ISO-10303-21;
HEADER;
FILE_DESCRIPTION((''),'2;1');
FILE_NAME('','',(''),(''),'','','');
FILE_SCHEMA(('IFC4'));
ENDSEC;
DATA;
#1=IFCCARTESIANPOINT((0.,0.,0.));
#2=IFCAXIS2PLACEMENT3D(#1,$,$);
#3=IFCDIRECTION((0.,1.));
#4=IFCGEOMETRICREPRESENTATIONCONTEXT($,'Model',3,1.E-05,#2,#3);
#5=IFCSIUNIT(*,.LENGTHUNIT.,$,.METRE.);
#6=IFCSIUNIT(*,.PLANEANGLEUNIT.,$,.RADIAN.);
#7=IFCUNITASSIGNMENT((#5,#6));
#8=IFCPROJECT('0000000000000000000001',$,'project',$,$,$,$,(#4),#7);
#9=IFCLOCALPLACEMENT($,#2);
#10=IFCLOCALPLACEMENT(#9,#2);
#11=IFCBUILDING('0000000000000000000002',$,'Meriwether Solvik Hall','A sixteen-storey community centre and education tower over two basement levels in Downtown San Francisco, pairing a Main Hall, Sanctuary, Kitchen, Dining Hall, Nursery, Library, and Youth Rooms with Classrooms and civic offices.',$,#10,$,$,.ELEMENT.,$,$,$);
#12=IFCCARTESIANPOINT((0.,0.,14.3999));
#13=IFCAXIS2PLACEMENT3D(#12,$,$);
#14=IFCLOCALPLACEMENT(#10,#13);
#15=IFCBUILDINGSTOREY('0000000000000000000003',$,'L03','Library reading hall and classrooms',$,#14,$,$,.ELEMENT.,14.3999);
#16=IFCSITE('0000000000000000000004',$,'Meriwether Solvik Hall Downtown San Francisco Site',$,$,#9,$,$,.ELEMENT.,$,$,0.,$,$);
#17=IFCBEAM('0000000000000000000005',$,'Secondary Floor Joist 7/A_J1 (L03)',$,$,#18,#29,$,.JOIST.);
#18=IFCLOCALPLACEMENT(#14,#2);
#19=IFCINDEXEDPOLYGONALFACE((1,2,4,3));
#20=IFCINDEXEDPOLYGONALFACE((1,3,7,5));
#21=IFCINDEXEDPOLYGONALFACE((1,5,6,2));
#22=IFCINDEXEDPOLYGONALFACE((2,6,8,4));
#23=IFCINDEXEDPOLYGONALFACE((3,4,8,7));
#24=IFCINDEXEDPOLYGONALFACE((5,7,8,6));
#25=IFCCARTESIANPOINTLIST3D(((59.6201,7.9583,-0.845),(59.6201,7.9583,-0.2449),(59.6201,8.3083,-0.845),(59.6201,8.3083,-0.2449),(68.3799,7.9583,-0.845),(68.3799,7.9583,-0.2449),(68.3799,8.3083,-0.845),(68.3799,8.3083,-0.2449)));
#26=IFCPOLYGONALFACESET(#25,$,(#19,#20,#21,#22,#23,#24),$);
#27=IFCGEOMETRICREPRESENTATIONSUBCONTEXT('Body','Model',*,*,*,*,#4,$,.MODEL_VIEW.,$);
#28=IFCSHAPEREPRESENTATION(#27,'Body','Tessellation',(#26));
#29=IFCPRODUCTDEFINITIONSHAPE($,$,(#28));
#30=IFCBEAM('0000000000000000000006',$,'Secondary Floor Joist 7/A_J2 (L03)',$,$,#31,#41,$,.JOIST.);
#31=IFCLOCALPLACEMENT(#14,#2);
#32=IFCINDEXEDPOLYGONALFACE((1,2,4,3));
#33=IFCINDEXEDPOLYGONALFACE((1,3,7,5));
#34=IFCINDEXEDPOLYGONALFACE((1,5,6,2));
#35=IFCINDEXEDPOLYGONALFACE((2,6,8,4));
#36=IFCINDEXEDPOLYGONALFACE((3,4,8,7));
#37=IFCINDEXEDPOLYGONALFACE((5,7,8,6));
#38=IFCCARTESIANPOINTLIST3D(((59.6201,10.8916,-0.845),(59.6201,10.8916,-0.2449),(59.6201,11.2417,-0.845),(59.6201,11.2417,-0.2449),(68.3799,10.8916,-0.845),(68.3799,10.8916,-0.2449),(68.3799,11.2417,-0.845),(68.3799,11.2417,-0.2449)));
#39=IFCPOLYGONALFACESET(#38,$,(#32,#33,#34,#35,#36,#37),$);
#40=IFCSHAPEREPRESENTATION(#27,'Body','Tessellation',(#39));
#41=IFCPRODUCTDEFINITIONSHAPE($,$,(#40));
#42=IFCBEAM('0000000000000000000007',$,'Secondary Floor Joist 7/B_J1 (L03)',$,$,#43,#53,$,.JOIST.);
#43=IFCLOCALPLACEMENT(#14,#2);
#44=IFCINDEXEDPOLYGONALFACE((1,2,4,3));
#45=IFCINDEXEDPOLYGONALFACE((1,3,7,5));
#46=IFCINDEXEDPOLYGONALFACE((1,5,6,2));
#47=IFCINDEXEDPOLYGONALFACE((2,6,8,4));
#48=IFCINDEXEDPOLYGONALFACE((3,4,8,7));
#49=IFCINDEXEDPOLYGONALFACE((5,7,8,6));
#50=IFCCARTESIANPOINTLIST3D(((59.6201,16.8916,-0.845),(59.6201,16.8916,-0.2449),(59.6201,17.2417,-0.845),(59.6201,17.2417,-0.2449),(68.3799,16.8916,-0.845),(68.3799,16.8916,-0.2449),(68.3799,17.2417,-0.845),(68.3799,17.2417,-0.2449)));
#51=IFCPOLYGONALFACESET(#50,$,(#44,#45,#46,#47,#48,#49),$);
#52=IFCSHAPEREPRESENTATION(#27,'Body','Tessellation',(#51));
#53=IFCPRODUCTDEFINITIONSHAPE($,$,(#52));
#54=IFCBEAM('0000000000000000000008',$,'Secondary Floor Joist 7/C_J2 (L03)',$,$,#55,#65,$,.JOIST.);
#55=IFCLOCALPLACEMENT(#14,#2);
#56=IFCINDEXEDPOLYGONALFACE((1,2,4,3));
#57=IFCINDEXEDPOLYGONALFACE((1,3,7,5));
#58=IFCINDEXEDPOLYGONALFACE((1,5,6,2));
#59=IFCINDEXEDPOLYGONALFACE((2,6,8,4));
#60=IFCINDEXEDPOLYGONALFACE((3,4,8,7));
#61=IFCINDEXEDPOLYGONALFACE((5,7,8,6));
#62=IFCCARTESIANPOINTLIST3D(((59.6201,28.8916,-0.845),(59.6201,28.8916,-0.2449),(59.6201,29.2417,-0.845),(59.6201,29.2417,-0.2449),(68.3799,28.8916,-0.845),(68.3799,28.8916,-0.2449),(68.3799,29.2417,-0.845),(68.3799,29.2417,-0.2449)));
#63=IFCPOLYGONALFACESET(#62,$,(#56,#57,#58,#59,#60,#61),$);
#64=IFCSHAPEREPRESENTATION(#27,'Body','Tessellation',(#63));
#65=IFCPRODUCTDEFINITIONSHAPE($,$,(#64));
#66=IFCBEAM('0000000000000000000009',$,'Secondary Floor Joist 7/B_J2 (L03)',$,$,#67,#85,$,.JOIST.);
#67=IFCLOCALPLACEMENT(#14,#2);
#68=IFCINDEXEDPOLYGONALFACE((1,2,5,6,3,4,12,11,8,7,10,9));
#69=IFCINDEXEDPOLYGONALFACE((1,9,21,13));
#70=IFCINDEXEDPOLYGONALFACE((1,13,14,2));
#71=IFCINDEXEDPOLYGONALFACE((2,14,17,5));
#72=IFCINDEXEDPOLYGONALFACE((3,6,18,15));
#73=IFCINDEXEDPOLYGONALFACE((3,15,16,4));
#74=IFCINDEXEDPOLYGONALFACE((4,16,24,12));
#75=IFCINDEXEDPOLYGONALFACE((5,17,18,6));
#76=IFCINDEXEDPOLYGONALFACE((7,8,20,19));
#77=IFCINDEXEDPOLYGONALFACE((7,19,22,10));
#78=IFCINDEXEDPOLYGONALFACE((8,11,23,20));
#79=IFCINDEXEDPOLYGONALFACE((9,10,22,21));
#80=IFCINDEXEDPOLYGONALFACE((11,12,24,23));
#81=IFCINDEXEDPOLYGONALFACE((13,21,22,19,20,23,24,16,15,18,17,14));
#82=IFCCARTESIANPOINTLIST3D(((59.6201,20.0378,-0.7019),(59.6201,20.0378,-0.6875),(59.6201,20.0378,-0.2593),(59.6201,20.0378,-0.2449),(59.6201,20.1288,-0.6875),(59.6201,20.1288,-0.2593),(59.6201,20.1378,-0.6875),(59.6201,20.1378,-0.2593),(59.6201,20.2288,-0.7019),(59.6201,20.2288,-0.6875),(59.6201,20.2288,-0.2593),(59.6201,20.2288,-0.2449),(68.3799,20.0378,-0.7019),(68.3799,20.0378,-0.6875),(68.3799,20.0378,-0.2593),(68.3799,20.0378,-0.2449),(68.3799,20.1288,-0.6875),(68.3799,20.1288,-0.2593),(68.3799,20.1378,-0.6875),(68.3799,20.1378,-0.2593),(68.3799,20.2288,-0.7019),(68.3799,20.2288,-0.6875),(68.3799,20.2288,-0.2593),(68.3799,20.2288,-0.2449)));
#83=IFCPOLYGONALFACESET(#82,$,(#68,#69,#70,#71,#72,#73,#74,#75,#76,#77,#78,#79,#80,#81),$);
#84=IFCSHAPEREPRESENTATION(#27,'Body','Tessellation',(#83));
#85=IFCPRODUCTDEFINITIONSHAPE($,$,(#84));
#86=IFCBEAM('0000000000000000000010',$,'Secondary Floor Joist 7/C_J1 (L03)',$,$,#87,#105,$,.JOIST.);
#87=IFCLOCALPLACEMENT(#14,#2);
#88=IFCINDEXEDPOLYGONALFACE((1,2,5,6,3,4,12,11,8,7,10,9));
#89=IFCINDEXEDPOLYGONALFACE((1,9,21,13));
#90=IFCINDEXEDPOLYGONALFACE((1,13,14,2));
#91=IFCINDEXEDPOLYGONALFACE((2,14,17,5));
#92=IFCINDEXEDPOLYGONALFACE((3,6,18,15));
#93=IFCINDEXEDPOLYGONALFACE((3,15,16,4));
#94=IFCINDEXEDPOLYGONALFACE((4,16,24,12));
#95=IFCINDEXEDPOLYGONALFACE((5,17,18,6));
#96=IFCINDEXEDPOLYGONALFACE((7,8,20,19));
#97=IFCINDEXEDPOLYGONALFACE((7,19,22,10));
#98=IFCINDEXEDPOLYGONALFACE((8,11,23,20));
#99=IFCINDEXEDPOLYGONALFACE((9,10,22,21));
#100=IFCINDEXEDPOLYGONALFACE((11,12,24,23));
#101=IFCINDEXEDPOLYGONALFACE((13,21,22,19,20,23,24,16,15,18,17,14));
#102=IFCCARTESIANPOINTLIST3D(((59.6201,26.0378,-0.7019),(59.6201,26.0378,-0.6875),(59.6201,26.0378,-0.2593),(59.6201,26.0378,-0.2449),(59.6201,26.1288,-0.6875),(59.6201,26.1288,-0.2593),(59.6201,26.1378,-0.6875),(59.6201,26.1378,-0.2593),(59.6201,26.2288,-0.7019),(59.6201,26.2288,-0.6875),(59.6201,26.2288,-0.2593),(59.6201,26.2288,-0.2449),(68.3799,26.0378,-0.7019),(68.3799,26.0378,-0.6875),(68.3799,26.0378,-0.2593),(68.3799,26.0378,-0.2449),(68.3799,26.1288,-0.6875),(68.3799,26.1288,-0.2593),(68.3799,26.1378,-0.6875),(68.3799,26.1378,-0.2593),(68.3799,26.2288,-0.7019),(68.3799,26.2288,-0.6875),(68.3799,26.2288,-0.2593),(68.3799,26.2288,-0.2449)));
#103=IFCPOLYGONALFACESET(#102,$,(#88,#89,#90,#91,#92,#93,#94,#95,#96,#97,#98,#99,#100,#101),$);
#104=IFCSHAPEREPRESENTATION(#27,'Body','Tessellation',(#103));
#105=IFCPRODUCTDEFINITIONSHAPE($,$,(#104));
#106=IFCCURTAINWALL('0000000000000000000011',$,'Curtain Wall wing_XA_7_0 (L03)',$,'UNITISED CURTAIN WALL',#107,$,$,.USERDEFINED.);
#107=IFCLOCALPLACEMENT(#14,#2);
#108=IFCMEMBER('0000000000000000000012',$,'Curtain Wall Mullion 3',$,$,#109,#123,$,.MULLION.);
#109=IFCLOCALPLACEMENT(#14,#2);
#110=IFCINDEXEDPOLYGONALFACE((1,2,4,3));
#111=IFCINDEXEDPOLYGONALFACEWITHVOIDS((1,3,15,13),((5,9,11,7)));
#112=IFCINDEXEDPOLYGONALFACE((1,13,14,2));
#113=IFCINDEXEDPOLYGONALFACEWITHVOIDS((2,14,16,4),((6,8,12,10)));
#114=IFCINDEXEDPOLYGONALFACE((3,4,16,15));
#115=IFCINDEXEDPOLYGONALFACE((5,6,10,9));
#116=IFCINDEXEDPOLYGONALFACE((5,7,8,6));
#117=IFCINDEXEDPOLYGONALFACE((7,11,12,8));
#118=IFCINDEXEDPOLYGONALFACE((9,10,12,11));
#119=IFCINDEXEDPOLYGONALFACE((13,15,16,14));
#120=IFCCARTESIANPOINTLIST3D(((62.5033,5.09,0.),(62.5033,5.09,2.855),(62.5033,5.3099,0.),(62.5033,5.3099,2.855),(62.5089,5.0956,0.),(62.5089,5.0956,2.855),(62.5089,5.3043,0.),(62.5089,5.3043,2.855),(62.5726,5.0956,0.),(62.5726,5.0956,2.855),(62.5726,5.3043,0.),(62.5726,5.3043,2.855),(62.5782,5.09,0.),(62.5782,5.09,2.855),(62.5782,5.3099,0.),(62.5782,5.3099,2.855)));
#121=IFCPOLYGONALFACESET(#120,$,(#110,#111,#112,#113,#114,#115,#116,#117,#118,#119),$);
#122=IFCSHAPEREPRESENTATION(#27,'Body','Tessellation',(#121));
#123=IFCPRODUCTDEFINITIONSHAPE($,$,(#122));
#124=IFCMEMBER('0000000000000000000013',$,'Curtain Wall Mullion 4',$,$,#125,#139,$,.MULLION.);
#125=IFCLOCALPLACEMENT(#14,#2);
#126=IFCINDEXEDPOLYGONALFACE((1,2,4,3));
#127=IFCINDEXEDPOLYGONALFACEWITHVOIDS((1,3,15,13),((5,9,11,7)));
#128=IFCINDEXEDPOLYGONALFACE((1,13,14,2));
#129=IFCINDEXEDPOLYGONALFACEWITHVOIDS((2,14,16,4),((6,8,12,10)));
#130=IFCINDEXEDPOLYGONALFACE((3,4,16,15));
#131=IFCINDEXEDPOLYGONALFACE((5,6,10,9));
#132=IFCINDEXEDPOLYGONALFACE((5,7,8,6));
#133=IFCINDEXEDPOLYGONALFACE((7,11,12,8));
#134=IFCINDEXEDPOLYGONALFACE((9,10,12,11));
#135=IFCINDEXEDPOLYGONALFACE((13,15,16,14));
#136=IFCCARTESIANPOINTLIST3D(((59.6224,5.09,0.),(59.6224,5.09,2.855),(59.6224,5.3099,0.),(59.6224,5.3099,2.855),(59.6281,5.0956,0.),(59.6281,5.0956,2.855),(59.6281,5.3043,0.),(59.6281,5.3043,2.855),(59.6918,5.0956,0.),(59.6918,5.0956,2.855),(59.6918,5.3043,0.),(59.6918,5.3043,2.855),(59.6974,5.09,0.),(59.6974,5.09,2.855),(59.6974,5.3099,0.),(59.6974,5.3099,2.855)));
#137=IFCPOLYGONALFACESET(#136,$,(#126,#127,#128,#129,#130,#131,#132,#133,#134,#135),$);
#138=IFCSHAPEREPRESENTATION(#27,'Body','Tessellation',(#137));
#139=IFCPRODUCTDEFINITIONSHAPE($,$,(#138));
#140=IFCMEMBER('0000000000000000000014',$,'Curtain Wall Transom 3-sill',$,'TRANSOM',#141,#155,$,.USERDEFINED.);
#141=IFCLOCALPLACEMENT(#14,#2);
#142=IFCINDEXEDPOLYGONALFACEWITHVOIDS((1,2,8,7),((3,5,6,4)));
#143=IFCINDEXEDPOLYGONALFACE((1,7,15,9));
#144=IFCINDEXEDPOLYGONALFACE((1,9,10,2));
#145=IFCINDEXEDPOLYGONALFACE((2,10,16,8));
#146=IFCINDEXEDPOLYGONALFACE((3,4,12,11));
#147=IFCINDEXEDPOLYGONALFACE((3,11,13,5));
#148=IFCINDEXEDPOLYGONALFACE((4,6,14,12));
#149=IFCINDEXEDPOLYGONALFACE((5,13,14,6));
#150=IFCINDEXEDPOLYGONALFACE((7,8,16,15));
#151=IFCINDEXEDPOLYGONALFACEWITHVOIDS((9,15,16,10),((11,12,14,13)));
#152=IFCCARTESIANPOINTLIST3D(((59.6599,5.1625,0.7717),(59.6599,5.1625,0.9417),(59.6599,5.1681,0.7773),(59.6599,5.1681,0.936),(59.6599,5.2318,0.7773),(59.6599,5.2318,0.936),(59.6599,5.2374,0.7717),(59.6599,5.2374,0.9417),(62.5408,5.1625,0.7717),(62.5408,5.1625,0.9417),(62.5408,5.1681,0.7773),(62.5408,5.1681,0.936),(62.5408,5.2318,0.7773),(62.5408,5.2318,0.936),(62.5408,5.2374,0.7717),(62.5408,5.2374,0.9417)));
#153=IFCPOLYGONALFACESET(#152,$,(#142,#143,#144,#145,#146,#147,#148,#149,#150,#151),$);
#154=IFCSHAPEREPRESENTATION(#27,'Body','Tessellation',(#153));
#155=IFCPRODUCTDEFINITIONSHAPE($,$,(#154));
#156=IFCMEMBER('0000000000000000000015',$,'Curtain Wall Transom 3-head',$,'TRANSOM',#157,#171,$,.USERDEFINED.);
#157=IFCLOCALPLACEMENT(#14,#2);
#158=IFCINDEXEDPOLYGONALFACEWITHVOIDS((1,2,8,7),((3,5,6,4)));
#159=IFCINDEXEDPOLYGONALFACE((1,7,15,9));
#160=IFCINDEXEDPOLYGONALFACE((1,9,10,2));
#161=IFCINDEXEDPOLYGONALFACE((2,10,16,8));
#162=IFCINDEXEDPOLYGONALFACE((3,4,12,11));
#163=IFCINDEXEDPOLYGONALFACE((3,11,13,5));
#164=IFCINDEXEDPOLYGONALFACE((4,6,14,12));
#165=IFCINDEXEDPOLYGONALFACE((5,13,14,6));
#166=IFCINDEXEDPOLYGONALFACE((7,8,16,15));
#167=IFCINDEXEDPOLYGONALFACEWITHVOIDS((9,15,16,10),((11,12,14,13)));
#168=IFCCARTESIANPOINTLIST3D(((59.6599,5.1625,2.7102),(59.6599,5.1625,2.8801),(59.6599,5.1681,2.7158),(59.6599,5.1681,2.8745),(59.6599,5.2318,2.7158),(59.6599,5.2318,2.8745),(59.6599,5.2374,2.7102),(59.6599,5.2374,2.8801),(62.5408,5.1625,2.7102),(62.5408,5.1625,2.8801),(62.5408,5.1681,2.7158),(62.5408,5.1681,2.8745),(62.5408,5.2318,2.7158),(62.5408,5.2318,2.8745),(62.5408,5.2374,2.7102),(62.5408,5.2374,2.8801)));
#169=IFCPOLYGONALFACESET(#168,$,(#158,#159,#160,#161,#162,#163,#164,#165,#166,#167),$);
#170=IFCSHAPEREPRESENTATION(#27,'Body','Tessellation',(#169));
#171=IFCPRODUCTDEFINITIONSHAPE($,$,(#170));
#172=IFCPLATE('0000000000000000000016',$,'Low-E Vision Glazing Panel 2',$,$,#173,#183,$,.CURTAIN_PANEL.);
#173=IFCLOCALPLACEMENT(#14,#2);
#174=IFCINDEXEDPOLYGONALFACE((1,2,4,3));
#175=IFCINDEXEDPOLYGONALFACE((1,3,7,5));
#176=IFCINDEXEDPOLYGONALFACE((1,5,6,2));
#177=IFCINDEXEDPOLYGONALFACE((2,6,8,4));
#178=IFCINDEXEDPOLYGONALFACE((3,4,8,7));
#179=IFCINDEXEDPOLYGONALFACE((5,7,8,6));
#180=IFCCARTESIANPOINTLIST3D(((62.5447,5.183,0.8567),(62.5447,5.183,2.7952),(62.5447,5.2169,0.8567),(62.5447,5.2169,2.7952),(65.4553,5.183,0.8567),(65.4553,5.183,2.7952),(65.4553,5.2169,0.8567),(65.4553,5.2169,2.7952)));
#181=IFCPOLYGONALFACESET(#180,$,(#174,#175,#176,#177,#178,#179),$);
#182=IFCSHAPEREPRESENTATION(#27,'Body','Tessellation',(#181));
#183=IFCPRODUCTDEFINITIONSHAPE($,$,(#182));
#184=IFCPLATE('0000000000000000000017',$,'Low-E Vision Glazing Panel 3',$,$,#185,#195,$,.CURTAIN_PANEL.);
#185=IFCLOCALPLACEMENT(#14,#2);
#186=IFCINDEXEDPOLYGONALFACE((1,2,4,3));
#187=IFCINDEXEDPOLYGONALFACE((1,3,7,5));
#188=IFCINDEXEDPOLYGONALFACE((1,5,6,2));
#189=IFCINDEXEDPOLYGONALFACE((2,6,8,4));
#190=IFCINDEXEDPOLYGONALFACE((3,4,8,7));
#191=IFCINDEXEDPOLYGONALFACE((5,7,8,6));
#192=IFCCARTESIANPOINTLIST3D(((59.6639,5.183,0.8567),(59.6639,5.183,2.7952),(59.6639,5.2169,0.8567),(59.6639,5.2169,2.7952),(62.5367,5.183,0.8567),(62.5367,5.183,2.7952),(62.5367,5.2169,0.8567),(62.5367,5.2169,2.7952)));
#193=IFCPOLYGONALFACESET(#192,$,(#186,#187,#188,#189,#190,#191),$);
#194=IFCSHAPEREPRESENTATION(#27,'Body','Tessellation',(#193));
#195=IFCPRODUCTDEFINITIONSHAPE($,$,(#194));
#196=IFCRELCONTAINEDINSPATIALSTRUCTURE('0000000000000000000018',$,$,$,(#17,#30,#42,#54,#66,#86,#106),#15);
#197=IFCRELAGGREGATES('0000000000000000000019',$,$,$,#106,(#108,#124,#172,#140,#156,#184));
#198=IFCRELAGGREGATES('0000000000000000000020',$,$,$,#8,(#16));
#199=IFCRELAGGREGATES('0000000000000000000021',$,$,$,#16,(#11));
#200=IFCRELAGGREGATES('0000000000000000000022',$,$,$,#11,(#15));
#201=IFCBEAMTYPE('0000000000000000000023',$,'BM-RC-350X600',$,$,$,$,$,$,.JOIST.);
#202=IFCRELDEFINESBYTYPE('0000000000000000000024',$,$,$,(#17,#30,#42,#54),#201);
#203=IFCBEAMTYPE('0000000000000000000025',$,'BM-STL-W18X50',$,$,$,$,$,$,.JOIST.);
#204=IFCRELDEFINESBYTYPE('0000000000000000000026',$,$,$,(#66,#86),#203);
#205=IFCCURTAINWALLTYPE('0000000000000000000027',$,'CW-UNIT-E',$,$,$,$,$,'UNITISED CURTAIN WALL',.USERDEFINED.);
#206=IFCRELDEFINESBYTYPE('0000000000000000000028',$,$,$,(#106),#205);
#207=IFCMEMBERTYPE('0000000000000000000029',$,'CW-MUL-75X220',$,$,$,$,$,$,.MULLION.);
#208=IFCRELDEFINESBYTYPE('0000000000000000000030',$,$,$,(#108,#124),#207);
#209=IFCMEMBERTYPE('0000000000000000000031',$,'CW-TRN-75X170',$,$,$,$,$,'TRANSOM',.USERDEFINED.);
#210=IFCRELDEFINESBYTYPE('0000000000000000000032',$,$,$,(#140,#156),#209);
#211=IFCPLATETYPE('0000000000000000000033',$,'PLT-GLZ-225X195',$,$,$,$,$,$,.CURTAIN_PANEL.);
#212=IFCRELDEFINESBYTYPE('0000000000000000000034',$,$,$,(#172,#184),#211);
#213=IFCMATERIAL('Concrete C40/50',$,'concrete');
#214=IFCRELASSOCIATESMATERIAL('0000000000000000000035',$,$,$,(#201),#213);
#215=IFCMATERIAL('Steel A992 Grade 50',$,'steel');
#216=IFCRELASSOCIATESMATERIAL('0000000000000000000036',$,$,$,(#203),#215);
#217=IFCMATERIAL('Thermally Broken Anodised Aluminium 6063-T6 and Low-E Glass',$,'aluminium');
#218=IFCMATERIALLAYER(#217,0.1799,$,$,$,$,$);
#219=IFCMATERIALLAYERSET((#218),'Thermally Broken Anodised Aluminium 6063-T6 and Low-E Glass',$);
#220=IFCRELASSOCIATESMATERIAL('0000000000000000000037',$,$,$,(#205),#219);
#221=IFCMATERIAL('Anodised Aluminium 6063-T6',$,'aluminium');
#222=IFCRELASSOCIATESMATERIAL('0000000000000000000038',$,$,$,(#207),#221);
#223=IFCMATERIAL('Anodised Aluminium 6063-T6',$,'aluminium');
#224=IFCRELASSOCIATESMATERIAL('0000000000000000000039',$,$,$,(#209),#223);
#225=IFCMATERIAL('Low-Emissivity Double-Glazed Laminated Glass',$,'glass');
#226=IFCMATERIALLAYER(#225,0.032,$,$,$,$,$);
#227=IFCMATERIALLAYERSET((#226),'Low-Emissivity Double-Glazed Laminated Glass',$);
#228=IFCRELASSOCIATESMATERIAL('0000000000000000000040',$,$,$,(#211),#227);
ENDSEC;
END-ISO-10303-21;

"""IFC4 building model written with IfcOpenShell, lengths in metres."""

from ifc_helpers import new_model, si_unit, direction, frame, origin, origin_2d, place, context, subcontext, project, spatial, rectangle, hollow_rectangle, i_section, extrude, material, layer, layer_set, material_profile, profile_set, type_object, element, aggregate, save


model = new_model("IFC4")

# Units and contexts
model_context = context("Model", 3, precision=1e-05, world=origin(), true_north=direction((0.0, 1.0)))
body_context = subcontext(model_context, "Body", "Model", "MODEL_VIEW")
ifc_project = project(units=[si_unit("LENGTHUNIT", "METRE"), si_unit("PLANEANGLEUNIT", "RADIAN")], contexts=[model_context])

# Site, building, storey
site_placement = place(None, origin())
site = spatial("IfcSite", under=ifc_project, at=site_placement, Name="Meriwether Solvik Hall Downtown San Francisco Site", CompositionType="ELEMENT", RefElevation=0.0)
building_placement = place(site_placement, origin())
building = spatial("IfcBuilding", under=site, at=building_placement, Name="Meriwether Solvik Hall", Description="A sixteen-storey community centre and education tower over two basement levels in Downtown San Francisco, pairing a Main Hall, Sanctuary, Kitchen, Dining Hall, Nursery, Library, and Youth Rooms with Classrooms and civic offices.", CompositionType="ELEMENT")
storey_placement = place(building_placement, frame((0.0, 0.0, 14.3999)))
storey = spatial("IfcBuildingStorey", under=building, at=storey_placement, Name="L03", Description="Library reading hall and classrooms", CompositionType="ELEMENT", Elevation=14.3999)

# Beams
ifc_material_1 = material(Name="Concrete C40/50", Category="concrete")
ifc_material_profile_1 = material_profile(ifc_material_1, rectangle(XDim=0.3501, YDim=0.6001, at=origin_2d()), Name="RCB-350X600")
ifc_profile_set_1 = profile_set([ifc_material_profile_1], Name="Concrete C40/50")
beam_type_1 = type_object("IfcBeamType", Name="BM-RC-350X600", PredefinedType="JOIST", material=ifc_profile_set_1)
for number, where, z_axis, x_axis, name in (
    (1, (59.6201, 8.1333, -0.5449), (1.0, 0.0, 0.0), (0.0, 1.0, 0.0), "Secondary Floor Joist 7/A_J1 (L03)"),
    (2, (59.6201, 11.0667, -0.5449), (1.0, 0.0, 0.0), (0.0, 1.0, 0.0), "Secondary Floor Joist 7/A_J2 (L03)"),
    (3, (59.6201, 17.0667, -0.5449), (1.0, 0.0, 0.0), (0.0, 1.0, 0.0), "Secondary Floor Joist 7/B_J1 (L03)"),
    (4, (59.6201, 29.0667, -0.5449), (1.0, 0.0, 0.0), (0.0, 1.0, 0.0), "Secondary Floor Joist 7/C_J2 (L03)"),
):
    element("IfcBeam", number, at=place(storey_placement, frame(where, z_axis=z_axis, x_axis=x_axis)), inside=storey, type_object=beam_type_1, Name=name, PredefinedType="JOIST", context=body_context, shape_type="SweptSolid", body=[
        extrude(rectangle(XDim=0.3501, YDim=0.6001, at=origin_2d()), origin(), (0.0, 0.0, 1.0), 8.7598),
    ])
ifc_material_2 = material(Name="Steel A992 Grade 50", Category="steel")
ifc_material_profile_2 = material_profile(ifc_material_2, i_section(OverallWidth=0.1909, OverallDepth=0.457, WebThickness=0.009, FlangeThickness=0.0144, at=origin_2d()), Name="W18X50")
ifc_profile_set_2 = profile_set([ifc_material_profile_2], Name="Steel A992 Grade 50")
beam_type_2 = type_object("IfcBeamType", Name="BM-STL-W18X50", PredefinedType="JOIST", material=ifc_profile_set_2)
for number, where, z_axis, x_axis, name in (
    (5, (59.6201, 20.1333, -0.4734), (1.0, 0.0, 0.0), (0.0, 1.0, 0.0), "Secondary Floor Joist 7/B_J2 (L03)"),
    (6, (59.6201, 26.1333, -0.4734), (1.0, 0.0, 0.0), (0.0, 1.0, 0.0), "Secondary Floor Joist 7/C_J1 (L03)"),
):
    element("IfcBeam", number, at=place(storey_placement, frame(where, z_axis=z_axis, x_axis=x_axis)), inside=storey, type_object=beam_type_2, Name=name, PredefinedType="JOIST", context=body_context, shape_type="SweptSolid", body=[
        extrude(i_section(OverallWidth=0.1909, OverallDepth=0.457, WebThickness=0.009, FlangeThickness=0.0144, at=origin_2d()), origin(), (0.0, 0.0, 1.0), 8.7598),
    ])

# Curtain wall, members, plates
ifc_material_3 = material(Name="Thermally Broken Anodised Aluminium 6063-T6 and Low-E Glass", Category="aluminium")
ifc_layer_1 = layer(ifc_material_3, 0.1799)
ifc_layer_set_1 = layer_set([ifc_layer_1], Name="Thermally Broken Anodised Aluminium 6063-T6 and Low-E Glass")
curtain_wall_type = type_object("IfcCurtainWallType", Name="CW-UNIT-E", ElementType="UNITISED CURTAIN WALL", PredefinedType="USERDEFINED", material=ifc_layer_set_1)
curtain_wall_placement = place(storey_placement, origin())
curtain_wall = element("IfcCurtainWall", 7, at=curtain_wall_placement, inside=storey, type_object=curtain_wall_type, Name="Curtain Wall wing_XA_7_0 (L03)", ObjectType="UNITISED CURTAIN WALL", PredefinedType="USERDEFINED")
ifc_material_4 = material(Name="Anodised Aluminium 6063-T6", Category="aluminium")
ifc_material_profile_3 = material_profile(ifc_material_4, hollow_rectangle(XDim=0.075, YDim=0.22, WallThickness=0.0056, at=origin_2d()), Name="CWM-75X220")
ifc_profile_set_3 = profile_set([ifc_material_profile_3], Name="Anodised Aluminium 6063-T6")
member_type_1 = type_object("IfcMemberType", Name="CW-MUL-75X220", PredefinedType="MULLION", material=ifc_profile_set_3)
member_1_placement = place(storey_placement, frame((62.5408, 5.2, 0.0), z_axis=(0.0, 0.0, 1.0), x_axis=(-1.0, 0.0, 0.0)))
member_1 = element("IfcMember", 8, at=member_1_placement, type_object=member_type_1, Name="Curtain Wall Mullion 3", PredefinedType="MULLION", context=body_context, shape_type="SweptSolid", body=[
    extrude(hollow_rectangle(XDim=0.075, YDim=0.22, WallThickness=0.0056, at=origin_2d()), origin(), (0.0, 0.0, 1.0), 2.855),
])
member_2_placement = place(storey_placement, frame((59.6599, 5.2, 0.0), z_axis=(0.0, 0.0, 1.0), x_axis=(-1.0, 0.0, 0.0)))
member_2 = element("IfcMember", 9, at=member_2_placement, type_object=member_type_1, Name="Curtain Wall Mullion 4", PredefinedType="MULLION", context=body_context, shape_type="SweptSolid", body=[
    extrude(hollow_rectangle(XDim=0.075, YDim=0.22, WallThickness=0.0056, at=origin_2d()), origin(), (0.0, 0.0, 1.0), 2.855),
])
ifc_material_5 = material(Name="Anodised Aluminium 6063-T6", Category="aluminium")
ifc_material_profile_4 = material_profile(ifc_material_5, hollow_rectangle(XDim=0.075, YDim=0.1699, WallThickness=0.0056, at=origin_2d()), Name="CWT-75X170")
ifc_profile_set_4 = profile_set([ifc_material_profile_4], Name="Anodised Aluminium 6063-T6")
member_type_2 = type_object("IfcMemberType", Name="CW-TRN-75X170", ElementType="TRANSOM", PredefinedType="USERDEFINED", material=ifc_profile_set_4)
member_3_placement = place(storey_placement, frame((62.5408, 5.2, 0.8567), z_axis=(-1.0, 0.0, 0.0), x_axis=(0.0, -1.0, 0.0)))
member_3 = element("IfcMember", 10, at=member_3_placement, type_object=member_type_2, Name="Curtain Wall Transom 3-sill", ObjectType="TRANSOM", PredefinedType="USERDEFINED", context=body_context, shape_type="SweptSolid", body=[
    extrude(hollow_rectangle(XDim=0.075, YDim=0.1699, WallThickness=0.0056, at=origin_2d()), origin(), (0.0, 0.0, 1.0), 2.8809),
])
member_4_placement = place(storey_placement, frame((62.5408, 5.2, 2.7952), z_axis=(-1.0, 0.0, 0.0), x_axis=(0.0, -1.0, 0.0)))
member_4 = element("IfcMember", 11, at=member_4_placement, type_object=member_type_2, Name="Curtain Wall Transom 3-head", ObjectType="TRANSOM", PredefinedType="USERDEFINED", context=body_context, shape_type="SweptSolid", body=[
    extrude(hollow_rectangle(XDim=0.075, YDim=0.1699, WallThickness=0.0056, at=origin_2d()), origin(), (0.0, 0.0, 1.0), 2.8809),
])
ifc_material_6 = material(Name="Low-Emissivity Double-Glazed Laminated Glass", Category="glass")
ifc_layer_2 = layer(ifc_material_6, 0.032)
ifc_layer_set_2 = layer_set([ifc_layer_2], Name="Low-Emissivity Double-Glazed Laminated Glass")
plate_type_1 = type_object("IfcPlateType", Name="PLT-GLZ-225X195", PredefinedType="CURTAIN_PANEL", material=ifc_layer_set_2)
plate_1_placement = place(storey_placement, frame((64.0, 5.2, 0.8567), z_axis=(0.0, 0.0, 1.0), x_axis=(-1.0, 0.0, 0.0)))
plate_1 = element("IfcPlate", 12, at=plate_1_placement, type_object=plate_type_1, Name="Low-E Vision Glazing Panel 2", PredefinedType="CURTAIN_PANEL", context=body_context, shape_type="SweptSolid", body=[
    extrude(rectangle(XDim=2.9106, YDim=0.0339, at=origin_2d()), origin(), (0.0, 0.0, 1.0), 1.9385),
])
plate_2_placement = place(storey_placement, frame((61.1003, 5.2, 0.8567), z_axis=(0.0, 0.0, 1.0), x_axis=(-1.0, 0.0, 0.0)))
plate_2 = element("IfcPlate", 13, at=plate_2_placement, type_object=plate_type_1, Name="Low-E Vision Glazing Panel 3", PredefinedType="CURTAIN_PANEL", context=body_context, shape_type="SweptSolid", body=[
    extrude(rectangle(XDim=2.8728, YDim=0.0339, at=origin_2d()), origin(), (0.0, 0.0, 1.0), 1.9385),
])
aggregate(curtain_wall, [member_1, member_2, plate_1, member_3, member_4, plate_2])

save(model, "model.ifc")
